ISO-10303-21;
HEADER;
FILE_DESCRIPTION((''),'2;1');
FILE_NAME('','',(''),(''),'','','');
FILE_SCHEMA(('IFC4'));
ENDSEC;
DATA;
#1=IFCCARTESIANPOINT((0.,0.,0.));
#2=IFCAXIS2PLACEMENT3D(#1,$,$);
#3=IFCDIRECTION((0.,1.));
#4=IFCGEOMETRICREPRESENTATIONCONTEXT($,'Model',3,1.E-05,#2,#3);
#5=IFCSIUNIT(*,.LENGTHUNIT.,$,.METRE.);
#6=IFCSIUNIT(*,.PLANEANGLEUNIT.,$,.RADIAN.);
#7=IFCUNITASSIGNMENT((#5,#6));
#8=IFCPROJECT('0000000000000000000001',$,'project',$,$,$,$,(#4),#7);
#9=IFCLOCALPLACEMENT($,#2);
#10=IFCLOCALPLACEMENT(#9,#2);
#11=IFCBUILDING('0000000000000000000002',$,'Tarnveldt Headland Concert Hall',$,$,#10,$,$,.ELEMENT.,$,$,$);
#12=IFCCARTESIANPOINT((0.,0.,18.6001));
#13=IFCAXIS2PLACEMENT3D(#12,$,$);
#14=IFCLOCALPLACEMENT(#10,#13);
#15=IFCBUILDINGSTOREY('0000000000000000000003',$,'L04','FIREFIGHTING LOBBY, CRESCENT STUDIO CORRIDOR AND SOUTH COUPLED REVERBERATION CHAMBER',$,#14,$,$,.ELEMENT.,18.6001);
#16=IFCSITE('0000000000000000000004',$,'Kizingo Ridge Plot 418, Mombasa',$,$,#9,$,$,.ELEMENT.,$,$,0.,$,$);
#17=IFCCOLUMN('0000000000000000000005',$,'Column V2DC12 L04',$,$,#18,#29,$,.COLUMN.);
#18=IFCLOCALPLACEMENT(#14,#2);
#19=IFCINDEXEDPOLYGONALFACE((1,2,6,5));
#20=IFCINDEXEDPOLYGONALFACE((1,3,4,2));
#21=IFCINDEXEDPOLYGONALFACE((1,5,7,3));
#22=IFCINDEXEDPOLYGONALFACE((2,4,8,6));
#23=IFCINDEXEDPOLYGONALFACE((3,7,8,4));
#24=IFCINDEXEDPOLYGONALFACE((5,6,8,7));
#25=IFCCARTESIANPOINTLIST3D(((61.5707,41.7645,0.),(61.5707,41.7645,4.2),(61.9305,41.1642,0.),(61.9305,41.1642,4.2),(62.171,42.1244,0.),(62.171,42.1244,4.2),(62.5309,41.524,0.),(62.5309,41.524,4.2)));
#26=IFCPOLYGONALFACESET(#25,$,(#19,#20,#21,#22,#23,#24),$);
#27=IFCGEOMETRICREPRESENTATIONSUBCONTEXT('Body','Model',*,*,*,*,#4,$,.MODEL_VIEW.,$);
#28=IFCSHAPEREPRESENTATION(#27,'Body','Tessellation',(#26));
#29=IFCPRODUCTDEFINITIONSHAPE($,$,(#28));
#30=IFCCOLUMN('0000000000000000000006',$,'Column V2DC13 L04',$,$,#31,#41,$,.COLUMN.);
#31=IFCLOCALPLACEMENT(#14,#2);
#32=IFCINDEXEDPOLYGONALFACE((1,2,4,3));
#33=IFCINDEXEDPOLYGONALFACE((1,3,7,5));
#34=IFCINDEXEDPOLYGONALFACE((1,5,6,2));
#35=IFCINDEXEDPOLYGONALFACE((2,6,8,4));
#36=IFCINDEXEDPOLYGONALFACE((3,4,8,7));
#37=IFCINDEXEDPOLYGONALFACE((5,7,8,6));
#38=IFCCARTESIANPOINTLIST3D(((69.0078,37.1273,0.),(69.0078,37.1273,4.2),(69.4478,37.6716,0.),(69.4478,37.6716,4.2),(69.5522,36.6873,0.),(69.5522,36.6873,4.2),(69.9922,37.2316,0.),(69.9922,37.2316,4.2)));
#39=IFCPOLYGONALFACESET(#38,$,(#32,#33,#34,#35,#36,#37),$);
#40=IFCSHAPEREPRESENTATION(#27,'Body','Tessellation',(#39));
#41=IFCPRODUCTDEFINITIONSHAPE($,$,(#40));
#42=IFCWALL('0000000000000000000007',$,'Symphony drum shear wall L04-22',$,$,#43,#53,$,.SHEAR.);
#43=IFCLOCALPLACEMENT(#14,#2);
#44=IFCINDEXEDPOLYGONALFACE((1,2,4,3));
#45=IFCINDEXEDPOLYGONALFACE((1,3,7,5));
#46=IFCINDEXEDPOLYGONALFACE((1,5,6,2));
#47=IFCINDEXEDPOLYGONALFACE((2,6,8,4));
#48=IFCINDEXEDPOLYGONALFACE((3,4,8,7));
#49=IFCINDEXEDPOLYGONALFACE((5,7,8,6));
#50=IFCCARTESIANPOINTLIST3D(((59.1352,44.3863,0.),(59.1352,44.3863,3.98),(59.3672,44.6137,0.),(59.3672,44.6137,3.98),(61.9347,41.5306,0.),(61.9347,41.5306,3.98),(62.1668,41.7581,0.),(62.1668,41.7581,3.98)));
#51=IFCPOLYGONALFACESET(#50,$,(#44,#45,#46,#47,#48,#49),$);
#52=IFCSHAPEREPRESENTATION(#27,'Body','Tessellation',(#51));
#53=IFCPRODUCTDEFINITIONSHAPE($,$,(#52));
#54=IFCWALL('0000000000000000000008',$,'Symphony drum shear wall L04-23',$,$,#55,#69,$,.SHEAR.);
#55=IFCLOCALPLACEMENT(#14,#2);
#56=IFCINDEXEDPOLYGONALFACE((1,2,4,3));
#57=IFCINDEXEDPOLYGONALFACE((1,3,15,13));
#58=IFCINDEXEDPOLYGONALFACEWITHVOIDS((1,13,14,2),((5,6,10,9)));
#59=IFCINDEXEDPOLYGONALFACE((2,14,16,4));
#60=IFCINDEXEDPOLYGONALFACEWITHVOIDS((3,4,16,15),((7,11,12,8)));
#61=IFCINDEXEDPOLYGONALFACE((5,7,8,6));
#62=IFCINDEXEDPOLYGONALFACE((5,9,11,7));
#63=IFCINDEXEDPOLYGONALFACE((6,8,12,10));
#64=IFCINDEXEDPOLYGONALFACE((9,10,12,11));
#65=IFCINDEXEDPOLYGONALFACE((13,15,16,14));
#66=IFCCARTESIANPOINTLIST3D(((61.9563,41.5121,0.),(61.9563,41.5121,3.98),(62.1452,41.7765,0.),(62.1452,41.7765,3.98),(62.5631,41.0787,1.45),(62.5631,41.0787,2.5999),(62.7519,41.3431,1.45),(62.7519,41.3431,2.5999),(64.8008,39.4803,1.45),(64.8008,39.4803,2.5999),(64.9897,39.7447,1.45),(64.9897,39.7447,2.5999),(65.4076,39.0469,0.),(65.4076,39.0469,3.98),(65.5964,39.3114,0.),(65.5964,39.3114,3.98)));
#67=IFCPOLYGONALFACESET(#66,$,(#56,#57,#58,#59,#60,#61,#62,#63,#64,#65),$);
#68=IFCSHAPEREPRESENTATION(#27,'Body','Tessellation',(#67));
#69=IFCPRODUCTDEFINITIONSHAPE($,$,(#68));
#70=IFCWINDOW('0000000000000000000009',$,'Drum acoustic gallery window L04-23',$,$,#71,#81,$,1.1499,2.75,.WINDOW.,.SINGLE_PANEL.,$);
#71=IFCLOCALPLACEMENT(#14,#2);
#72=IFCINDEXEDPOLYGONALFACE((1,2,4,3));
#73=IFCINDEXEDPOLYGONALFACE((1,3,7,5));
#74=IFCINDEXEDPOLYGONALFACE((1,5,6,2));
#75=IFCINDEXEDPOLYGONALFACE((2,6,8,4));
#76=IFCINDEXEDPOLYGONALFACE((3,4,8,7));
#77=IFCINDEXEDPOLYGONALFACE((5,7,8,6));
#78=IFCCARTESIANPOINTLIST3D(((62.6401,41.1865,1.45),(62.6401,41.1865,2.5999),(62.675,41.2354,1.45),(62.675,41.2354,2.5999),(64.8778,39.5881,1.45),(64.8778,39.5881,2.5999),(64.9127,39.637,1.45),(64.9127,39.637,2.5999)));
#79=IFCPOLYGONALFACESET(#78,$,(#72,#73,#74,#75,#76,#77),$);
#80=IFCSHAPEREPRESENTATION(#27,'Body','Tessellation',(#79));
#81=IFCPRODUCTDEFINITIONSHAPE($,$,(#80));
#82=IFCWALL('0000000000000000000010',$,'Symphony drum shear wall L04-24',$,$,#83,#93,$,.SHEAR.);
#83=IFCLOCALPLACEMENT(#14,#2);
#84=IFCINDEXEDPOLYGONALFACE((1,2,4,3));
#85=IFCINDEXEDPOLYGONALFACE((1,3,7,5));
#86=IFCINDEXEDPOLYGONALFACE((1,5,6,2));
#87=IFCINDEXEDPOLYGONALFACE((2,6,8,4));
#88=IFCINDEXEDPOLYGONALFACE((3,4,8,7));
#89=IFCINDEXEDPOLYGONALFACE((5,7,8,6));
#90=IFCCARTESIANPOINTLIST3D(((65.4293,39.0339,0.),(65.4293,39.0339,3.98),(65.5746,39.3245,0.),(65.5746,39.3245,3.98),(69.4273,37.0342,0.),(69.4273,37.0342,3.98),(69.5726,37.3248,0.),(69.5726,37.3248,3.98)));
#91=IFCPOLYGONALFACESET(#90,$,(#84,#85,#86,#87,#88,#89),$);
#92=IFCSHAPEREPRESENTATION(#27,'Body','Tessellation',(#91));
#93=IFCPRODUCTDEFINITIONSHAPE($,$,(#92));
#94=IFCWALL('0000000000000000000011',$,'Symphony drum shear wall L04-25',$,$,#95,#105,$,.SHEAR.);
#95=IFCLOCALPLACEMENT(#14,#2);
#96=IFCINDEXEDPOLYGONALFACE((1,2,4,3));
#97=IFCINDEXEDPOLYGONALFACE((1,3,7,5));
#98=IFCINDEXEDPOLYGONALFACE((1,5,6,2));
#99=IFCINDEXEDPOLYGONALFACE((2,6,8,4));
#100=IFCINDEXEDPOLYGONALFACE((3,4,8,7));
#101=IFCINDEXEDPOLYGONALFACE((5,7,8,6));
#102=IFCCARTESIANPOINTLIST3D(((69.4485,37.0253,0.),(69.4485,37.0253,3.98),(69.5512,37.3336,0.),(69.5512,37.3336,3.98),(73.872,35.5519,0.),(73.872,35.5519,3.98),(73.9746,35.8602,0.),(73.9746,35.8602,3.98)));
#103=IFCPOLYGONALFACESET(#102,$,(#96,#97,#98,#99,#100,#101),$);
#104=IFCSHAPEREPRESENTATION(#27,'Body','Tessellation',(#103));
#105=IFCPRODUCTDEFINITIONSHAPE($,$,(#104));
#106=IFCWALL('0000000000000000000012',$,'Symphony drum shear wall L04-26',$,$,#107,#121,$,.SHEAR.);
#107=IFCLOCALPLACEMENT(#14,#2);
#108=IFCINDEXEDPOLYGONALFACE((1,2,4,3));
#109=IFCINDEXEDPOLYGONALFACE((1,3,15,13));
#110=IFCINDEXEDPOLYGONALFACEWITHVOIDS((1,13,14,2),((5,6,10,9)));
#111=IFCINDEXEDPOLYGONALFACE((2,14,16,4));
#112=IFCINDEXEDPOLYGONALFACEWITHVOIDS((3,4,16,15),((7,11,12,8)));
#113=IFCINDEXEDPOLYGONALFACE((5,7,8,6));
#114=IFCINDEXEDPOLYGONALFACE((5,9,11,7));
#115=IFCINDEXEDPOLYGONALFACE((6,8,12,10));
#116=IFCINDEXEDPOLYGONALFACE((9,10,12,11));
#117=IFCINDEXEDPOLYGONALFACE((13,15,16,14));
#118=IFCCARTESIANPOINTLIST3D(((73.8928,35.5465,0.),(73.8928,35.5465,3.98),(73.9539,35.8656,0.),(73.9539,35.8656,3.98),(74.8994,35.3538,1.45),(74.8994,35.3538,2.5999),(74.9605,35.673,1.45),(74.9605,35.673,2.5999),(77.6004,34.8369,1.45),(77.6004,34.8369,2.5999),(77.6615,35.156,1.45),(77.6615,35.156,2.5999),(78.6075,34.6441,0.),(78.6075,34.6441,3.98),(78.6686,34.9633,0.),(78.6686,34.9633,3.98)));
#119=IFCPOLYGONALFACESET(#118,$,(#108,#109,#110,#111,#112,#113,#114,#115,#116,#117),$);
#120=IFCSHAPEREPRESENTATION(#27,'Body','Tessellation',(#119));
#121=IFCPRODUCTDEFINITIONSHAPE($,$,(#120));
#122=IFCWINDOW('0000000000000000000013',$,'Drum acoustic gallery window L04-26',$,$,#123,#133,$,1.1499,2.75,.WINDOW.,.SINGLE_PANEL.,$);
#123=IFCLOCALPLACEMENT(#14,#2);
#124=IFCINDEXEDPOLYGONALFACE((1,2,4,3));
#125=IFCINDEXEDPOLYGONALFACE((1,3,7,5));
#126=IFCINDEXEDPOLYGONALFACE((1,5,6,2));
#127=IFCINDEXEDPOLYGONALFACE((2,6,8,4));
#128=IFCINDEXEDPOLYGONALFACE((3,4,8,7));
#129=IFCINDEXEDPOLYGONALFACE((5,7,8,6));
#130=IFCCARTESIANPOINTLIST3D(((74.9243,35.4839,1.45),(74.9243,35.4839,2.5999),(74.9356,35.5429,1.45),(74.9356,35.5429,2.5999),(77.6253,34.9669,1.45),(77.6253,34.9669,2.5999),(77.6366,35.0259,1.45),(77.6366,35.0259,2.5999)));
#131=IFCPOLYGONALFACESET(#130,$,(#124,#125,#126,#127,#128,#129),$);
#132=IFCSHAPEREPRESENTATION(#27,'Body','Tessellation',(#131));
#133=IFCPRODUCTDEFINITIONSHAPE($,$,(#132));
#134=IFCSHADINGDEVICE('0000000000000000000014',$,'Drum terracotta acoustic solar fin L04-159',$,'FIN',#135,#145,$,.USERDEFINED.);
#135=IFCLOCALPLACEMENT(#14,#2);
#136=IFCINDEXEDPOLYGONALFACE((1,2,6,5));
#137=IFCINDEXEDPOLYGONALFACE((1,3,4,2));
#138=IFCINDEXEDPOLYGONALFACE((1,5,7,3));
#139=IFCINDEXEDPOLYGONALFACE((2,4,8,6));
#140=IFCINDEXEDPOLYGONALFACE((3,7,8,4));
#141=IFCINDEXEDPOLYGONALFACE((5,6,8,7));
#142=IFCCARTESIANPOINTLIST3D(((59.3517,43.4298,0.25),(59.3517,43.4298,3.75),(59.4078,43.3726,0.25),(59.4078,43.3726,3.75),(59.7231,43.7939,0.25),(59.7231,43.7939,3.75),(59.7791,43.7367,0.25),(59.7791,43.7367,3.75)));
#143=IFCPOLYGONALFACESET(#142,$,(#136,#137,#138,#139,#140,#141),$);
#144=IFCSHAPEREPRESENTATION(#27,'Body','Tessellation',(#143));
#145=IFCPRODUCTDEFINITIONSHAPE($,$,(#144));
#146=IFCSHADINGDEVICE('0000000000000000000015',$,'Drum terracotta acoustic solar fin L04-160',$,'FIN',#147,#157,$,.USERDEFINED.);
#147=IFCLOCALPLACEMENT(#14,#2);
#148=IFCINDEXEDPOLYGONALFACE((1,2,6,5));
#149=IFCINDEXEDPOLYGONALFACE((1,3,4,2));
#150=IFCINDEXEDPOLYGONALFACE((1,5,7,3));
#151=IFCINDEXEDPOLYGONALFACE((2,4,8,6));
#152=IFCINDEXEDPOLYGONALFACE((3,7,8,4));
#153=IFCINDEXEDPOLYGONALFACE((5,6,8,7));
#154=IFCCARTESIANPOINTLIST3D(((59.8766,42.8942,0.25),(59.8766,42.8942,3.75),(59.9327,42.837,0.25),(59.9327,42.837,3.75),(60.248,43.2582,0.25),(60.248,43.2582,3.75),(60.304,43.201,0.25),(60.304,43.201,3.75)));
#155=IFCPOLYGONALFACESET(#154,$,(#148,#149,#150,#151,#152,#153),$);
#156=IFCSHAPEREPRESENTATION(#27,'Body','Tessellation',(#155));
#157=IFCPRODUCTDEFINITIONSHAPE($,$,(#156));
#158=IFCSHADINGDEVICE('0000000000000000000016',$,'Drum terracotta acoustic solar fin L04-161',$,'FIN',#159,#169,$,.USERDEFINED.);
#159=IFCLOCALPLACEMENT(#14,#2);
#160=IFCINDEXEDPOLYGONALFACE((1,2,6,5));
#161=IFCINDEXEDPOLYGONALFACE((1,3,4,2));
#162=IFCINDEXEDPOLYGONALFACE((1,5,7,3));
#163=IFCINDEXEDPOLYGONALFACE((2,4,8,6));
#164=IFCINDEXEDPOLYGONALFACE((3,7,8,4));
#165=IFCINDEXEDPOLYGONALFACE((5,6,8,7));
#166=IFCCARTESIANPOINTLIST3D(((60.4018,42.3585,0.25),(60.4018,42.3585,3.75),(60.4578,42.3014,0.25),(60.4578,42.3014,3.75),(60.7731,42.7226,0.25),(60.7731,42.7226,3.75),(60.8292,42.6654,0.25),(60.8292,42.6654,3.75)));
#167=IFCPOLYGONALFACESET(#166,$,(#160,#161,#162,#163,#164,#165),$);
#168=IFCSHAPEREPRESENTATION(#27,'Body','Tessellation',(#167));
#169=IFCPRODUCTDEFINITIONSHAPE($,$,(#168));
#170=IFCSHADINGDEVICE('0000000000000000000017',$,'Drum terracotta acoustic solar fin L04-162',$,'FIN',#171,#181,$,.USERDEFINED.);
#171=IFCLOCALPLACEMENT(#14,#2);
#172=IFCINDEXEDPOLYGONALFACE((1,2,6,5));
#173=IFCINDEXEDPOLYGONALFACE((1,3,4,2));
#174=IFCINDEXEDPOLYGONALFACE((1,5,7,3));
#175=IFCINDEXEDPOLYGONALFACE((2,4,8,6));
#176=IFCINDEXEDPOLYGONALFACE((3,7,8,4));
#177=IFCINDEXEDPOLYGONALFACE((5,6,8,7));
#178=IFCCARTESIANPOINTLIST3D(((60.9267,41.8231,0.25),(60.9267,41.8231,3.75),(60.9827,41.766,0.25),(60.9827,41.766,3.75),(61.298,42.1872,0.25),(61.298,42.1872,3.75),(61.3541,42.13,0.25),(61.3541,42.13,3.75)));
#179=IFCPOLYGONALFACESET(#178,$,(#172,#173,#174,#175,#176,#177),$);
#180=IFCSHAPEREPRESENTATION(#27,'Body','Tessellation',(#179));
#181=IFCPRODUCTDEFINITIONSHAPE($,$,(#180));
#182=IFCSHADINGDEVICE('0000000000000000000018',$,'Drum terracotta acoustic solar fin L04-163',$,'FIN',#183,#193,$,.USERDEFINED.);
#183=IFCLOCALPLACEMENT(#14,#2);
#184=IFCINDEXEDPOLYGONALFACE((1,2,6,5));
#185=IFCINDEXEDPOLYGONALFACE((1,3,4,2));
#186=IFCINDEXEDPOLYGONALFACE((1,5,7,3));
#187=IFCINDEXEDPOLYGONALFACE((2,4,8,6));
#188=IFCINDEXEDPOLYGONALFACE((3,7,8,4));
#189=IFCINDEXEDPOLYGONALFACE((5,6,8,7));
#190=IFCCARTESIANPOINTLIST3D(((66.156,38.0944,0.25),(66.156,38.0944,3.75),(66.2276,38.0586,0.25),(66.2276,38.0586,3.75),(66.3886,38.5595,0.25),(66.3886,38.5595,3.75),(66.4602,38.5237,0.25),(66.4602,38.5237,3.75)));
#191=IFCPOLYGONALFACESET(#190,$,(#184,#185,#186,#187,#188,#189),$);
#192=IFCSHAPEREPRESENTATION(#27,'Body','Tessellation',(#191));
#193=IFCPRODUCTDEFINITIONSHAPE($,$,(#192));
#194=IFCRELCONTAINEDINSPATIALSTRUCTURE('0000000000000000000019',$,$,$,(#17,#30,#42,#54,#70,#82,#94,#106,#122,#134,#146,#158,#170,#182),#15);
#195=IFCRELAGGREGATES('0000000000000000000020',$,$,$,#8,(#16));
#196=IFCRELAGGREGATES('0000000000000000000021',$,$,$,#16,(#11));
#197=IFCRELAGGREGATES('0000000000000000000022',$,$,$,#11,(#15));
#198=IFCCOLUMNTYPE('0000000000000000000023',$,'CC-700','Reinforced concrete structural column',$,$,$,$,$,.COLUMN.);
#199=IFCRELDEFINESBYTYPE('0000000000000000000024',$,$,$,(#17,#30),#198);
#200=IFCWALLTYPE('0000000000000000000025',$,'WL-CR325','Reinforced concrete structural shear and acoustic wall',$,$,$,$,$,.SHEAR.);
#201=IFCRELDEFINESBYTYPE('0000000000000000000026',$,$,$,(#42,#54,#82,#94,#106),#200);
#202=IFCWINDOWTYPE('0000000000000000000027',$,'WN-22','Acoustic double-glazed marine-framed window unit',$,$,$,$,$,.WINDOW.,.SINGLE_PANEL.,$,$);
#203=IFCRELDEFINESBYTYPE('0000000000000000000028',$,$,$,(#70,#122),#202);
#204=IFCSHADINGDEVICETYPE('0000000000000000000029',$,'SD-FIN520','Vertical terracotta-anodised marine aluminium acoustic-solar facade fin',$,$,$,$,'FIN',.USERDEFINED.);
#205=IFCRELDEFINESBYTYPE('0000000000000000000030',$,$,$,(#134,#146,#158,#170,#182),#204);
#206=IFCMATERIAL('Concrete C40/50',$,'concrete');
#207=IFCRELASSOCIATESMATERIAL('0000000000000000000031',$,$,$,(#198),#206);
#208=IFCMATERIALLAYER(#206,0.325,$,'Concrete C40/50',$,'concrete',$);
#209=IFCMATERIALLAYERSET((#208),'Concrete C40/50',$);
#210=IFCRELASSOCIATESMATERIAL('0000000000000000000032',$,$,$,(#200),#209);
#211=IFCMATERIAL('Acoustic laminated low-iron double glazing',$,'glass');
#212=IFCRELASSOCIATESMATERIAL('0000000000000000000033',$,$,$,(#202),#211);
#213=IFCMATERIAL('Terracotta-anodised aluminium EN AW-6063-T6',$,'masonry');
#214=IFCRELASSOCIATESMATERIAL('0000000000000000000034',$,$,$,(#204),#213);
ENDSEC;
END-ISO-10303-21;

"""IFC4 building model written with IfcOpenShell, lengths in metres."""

from ifc_helpers import new_model, si_unit, direction, frame, frame_2d, origin, origin_2d, place, context, subcontext, project, spatial, rectangle, extrude, material, layer, layer_set, material_profile, profile_set, type_object, element, fill, save


model = new_model("IFC4")

# Units and contexts
model_context = context("Model", 3, precision=1e-05, world=origin(), true_north=direction((0.0, 1.0)))
body_context = subcontext(model_context, "Body", "Model", "MODEL_VIEW")
ifc_project = project(units=[si_unit("LENGTHUNIT", "METRE"), si_unit("PLANEANGLEUNIT", "RADIAN")], contexts=[model_context])

# Site, building, storey
site_placement = place(None, origin())
site = spatial("IfcSite", under=ifc_project, at=site_placement, Name="Kizingo Ridge Plot 418, Mombasa", CompositionType="ELEMENT", RefElevation=0.0)
building_placement = place(site_placement, origin())
building = spatial("IfcBuilding", under=site, at=building_placement, Name="Tarnveldt Headland Concert Hall", CompositionType="ELEMENT")
storey_placement = place(building_placement, frame((0.0, 0.0, 18.6001)))
storey = spatial("IfcBuildingStorey", under=building, at=storey_placement, Name="L04", Description="FIREFIGHTING LOBBY, CRESCENT STUDIO CORRIDOR AND SOUTH COUPLED REVERBERATION CHAMBER", CompositionType="ELEMENT", Elevation=18.6001)

# Columns
ifc_material_1 = material(Name="Concrete C40/50", Category="concrete")
ifc_material_profile = material_profile(ifc_material_1, rectangle(XDim=0.7, YDim=0.7, at=origin_2d()), Name="RC 700x700", Category="concrete")
ifc_profile_set = profile_set([ifc_material_profile], Name="Concrete C40/50")
column_type = type_object("IfcColumnType", Name="CC-700", Description="Reinforced concrete structural column", PredefinedType="COLUMN", material=ifc_profile_set)
for number, where, z_axis, x_axis, name in (
    (1, (62.0508, 41.6443, 0.0), (0.0, 0.0, 1.0), (-0.857706, -0.51414, 0.0), "Column V2DC12 L04"),
    (2, (69.5, 37.1794, 0.0), (0.0, 0.0, 1.0), (-0.628642, -0.777695, 0.0), "Column V2DC13 L04"),
):
    element("IfcColumn", number, at=place(storey_placement, frame(where, z_axis=z_axis, x_axis=x_axis)), inside=storey, type_object=column_type, Name=name, PredefinedType="COLUMN", context=body_context, shape_type="SweptSolid", body=[
        extrude(rectangle(XDim=0.7, YDim=0.7, at=origin_2d()), origin(), (0.0, 0.0, 1.0), 4.2),
    ])

# Wall
ifc_layer = layer(ifc_material_1, 0.325, Name="Concrete C40/50", Category="concrete")
ifc_layer_set = layer_set([ifc_layer], Name="Concrete C40/50")
wall_type = type_object("IfcWallType", Name="WL-CR325", Description="Reinforced concrete structural shear and acoustic wall", PredefinedType="SHEAR", material=ifc_layer_set)
wall_1_placement = place(storey_placement, frame((59.2512, 44.5, 0.0), z_axis=(0.0, 0.0, 1.0), x_axis=(0.700051, -0.714093, 0.0)))
element("IfcWall", 3, at=wall_1_placement, inside=storey, type_object=wall_type, Name="Symphony drum shear wall L04-22", PredefinedType="SHEAR", context=body_context, shape_type="SweptSolid", body=[
    extrude(rectangle(XDim=3.999, YDim=0.325, at=frame_2d((1.9995, 0.0))), origin(), (0.0, 0.0, 1.0), 3.98),
])

# Wall, opening, window
wall_2_placement = place(storey_placement, frame((62.0508, 41.6443, 0.0), z_axis=(0.0, 0.0, 1.0), x_axis=(0.813737, -0.581233, 0.0)))
wall_2 = element("IfcWall", 4, at=wall_2_placement, inside=storey, type_object=wall_type, Name="Symphony drum shear wall L04-23", PredefinedType="SHEAR", context=body_context, shape_type="SweptSolid", body=[
    extrude(rectangle(XDim=4.2412, YDim=0.325, at=frame_2d((2.1206, 0.0))), origin(), (0.0, 0.0, 1.0), 3.98),
])
opening_1_placement = place(wall_2_placement, frame((0.7456, 0.0, 1.45)))
opening_1 = element("IfcOpeningElement", 5, at=opening_1_placement, cuts=wall_2, PredefinedType="OPENING", context=body_context, shape_type="SweptSolid", body=[
    extrude(rectangle(XDim=2.75, YDim=1.1499, at=frame_2d((1.375, 0.575))), frame((0.0, 0.1724, 0.0), z_axis=(0.0, -1.0, 0.0), x_axis=(1.0, 0.0, 0.0)), (0.0, 0.0, 1.0), 0.345),
])
ifc_material_2 = material(Name="Acoustic laminated low-iron double glazing", Category="glass")
window_type = type_object("IfcWindowType", Name="WN-22", Description="Acoustic double-glazed marine-framed window unit", PartitioningType="SINGLE_PANEL", PredefinedType="WINDOW", material=ifc_material_2)
window_1_placement = place(opening_1_placement, origin())
window_1 = element("IfcWindow", 6, at=window_1_placement, inside=storey, type_object=window_type, Name="Drum acoustic gallery window L04-23", OverallHeight=1.1499, OverallWidth=2.75, PartitioningType="SINGLE_PANEL", PredefinedType="WINDOW", context=body_context, shape_type="SweptSolid", body=[
    extrude(rectangle(XDim=2.75, YDim=1.1499, at=frame_2d((1.375, 0.575))), frame((0.0, 0.03, 0.0), z_axis=(0.0, -1.0, 0.0), x_axis=(1.0, 0.0, 0.0)), (0.0, 0.0, 1.0), 0.0601),
])
fill(opening_1, window_1)

# Walls
wall_3_placement = place(storey_placement, frame((65.502, 39.1792, 0.0), z_axis=(0.0, 0.0, 1.0), x_axis=(0.894362, -0.447345, 0.0)))
element("IfcWall", 7, at=wall_3_placement, inside=storey, type_object=wall_type, Name="Symphony drum shear wall L04-24", PredefinedType="SHEAR", context=body_context, shape_type="SweptSolid", body=[
    extrude(rectangle(XDim=4.4702, YDim=0.325, at=frame_2d((2.2351, 0.0))), origin(), (0.0, 0.0, 1.0), 3.98),
])
wall_4_placement = place(storey_placement, frame((69.5, 37.1794, 0.0), z_axis=(0.0, 0.0, 1.0), x_axis=(0.948751, -0.316024, 0.0)))
element("IfcWall", 8, at=wall_4_placement, inside=storey, type_object=wall_type, Name="Symphony drum shear wall L04-25", PredefinedType="SHEAR", context=body_context, shape_type="SweptSolid", body=[
    extrude(rectangle(XDim=4.6624, YDim=0.325, at=frame_2d((2.3311, 0.0))), origin(), (0.0, 0.0, 1.0), 3.98),
])

# Wall, opening, window
wall_5_placement = place(storey_placement, frame((73.9233, 35.7061, 0.0), z_axis=(0.0, 0.0, 1.0), x_axis=(0.982173, -0.187981, 0.0)))
wall_5 = element("IfcWall", 9, at=wall_5_placement, inside=storey, type_object=wall_type, Name="Symphony drum shear wall L04-26", PredefinedType="SHEAR", context=body_context, shape_type="SweptSolid", body=[
    extrude(rectangle(XDim=4.8003, YDim=0.325, at=frame_2d((2.4001, 0.0))), origin(), (0.0, 0.0, 1.0), 3.98),
])
opening_2_placement = place(wall_5_placement, frame((1.0249, 0.0, 1.45)))
opening_2 = element("IfcOpeningElement", 10, at=opening_2_placement, cuts=wall_5, PredefinedType="OPENING", context=body_context, shape_type="SweptSolid", body=[
    extrude(rectangle(XDim=2.75, YDim=1.1499, at=frame_2d((1.375, 0.575))), frame((0.0, 0.1724, 0.0), z_axis=(0.0, -1.0, 0.0), x_axis=(1.0, 0.0, 0.0)), (0.0, 0.0, 1.0), 0.345),
])
window_2_placement = place(opening_2_placement, origin())
window_2 = element("IfcWindow", 11, at=window_2_placement, inside=storey, type_object=window_type, Name="Drum acoustic gallery window L04-26", OverallHeight=1.1499, OverallWidth=2.75, PartitioningType="SINGLE_PANEL", PredefinedType="WINDOW", context=body_context, shape_type="SweptSolid", body=[
    extrude(rectangle(XDim=2.75, YDim=1.1499, at=frame_2d((1.375, 0.575))), frame((0.0, 0.03, 0.0), z_axis=(0.0, -1.0, 0.0), x_axis=(1.0, 0.0, 0.0)), (0.0, 0.0, 1.0), 0.0601),
])
fill(opening_2, window_2)

# Shading devices
ifc_material_3 = material(Name="Terracotta-anodised aluminium EN AW-6063-T6", Category="masonry")
shading_device_type = type_object("IfcShadingDeviceType", Name="SD-FIN520", Description="Vertical terracotta-anodised marine aluminium acoustic-solar facade fin", ElementType="FIN", PredefinedType="USERDEFINED", material=ifc_material_3)
for number, where, z_axis, x_axis, name in (
    (12, (59.5654, 43.5833, 0.25), (0.0, 0.0, 1.0), (-0.714106, -0.700037, 0.0), "Drum terracotta acoustic solar fin L04-159"),
    (13, (60.0903, 43.0476, 0.25), (0.0, 0.0, 1.0), (-0.714106, -0.700037, 0.0), "Drum terracotta acoustic solar fin L04-160"),
    (14, (60.6155, 42.512, 0.25), (0.0, 0.0, 1.0), (-0.714106, -0.700037, 0.0), "Drum terracotta acoustic solar fin L04-161"),
    (15, (61.1404, 41.9766, 0.25), (0.0, 0.0, 1.0), (-0.714106, -0.700037, 0.0), "Drum terracotta acoustic solar fin L04-162"),
    (16, (66.3081, 38.3091, 0.25), (0.0, 0.0, 1.0), (-0.447291, -0.894389, 0.0), "Drum terracotta acoustic solar fin L04-163"),
):
    element("IfcShadingDevice", number, at=place(storey_placement, frame(where, z_axis=z_axis, x_axis=x_axis)), inside=storey, type_object=shading_device_type, Name=name, ObjectType="FIN", PredefinedType="USERDEFINED", context=body_context, shape_type="SweptSolid", body=[
        extrude(rectangle(XDim=0.52, YDim=0.0801, at=origin_2d()), origin(), (0.0, 0.0, 1.0), 3.5),
    ])

save(model, "model.ifc")
